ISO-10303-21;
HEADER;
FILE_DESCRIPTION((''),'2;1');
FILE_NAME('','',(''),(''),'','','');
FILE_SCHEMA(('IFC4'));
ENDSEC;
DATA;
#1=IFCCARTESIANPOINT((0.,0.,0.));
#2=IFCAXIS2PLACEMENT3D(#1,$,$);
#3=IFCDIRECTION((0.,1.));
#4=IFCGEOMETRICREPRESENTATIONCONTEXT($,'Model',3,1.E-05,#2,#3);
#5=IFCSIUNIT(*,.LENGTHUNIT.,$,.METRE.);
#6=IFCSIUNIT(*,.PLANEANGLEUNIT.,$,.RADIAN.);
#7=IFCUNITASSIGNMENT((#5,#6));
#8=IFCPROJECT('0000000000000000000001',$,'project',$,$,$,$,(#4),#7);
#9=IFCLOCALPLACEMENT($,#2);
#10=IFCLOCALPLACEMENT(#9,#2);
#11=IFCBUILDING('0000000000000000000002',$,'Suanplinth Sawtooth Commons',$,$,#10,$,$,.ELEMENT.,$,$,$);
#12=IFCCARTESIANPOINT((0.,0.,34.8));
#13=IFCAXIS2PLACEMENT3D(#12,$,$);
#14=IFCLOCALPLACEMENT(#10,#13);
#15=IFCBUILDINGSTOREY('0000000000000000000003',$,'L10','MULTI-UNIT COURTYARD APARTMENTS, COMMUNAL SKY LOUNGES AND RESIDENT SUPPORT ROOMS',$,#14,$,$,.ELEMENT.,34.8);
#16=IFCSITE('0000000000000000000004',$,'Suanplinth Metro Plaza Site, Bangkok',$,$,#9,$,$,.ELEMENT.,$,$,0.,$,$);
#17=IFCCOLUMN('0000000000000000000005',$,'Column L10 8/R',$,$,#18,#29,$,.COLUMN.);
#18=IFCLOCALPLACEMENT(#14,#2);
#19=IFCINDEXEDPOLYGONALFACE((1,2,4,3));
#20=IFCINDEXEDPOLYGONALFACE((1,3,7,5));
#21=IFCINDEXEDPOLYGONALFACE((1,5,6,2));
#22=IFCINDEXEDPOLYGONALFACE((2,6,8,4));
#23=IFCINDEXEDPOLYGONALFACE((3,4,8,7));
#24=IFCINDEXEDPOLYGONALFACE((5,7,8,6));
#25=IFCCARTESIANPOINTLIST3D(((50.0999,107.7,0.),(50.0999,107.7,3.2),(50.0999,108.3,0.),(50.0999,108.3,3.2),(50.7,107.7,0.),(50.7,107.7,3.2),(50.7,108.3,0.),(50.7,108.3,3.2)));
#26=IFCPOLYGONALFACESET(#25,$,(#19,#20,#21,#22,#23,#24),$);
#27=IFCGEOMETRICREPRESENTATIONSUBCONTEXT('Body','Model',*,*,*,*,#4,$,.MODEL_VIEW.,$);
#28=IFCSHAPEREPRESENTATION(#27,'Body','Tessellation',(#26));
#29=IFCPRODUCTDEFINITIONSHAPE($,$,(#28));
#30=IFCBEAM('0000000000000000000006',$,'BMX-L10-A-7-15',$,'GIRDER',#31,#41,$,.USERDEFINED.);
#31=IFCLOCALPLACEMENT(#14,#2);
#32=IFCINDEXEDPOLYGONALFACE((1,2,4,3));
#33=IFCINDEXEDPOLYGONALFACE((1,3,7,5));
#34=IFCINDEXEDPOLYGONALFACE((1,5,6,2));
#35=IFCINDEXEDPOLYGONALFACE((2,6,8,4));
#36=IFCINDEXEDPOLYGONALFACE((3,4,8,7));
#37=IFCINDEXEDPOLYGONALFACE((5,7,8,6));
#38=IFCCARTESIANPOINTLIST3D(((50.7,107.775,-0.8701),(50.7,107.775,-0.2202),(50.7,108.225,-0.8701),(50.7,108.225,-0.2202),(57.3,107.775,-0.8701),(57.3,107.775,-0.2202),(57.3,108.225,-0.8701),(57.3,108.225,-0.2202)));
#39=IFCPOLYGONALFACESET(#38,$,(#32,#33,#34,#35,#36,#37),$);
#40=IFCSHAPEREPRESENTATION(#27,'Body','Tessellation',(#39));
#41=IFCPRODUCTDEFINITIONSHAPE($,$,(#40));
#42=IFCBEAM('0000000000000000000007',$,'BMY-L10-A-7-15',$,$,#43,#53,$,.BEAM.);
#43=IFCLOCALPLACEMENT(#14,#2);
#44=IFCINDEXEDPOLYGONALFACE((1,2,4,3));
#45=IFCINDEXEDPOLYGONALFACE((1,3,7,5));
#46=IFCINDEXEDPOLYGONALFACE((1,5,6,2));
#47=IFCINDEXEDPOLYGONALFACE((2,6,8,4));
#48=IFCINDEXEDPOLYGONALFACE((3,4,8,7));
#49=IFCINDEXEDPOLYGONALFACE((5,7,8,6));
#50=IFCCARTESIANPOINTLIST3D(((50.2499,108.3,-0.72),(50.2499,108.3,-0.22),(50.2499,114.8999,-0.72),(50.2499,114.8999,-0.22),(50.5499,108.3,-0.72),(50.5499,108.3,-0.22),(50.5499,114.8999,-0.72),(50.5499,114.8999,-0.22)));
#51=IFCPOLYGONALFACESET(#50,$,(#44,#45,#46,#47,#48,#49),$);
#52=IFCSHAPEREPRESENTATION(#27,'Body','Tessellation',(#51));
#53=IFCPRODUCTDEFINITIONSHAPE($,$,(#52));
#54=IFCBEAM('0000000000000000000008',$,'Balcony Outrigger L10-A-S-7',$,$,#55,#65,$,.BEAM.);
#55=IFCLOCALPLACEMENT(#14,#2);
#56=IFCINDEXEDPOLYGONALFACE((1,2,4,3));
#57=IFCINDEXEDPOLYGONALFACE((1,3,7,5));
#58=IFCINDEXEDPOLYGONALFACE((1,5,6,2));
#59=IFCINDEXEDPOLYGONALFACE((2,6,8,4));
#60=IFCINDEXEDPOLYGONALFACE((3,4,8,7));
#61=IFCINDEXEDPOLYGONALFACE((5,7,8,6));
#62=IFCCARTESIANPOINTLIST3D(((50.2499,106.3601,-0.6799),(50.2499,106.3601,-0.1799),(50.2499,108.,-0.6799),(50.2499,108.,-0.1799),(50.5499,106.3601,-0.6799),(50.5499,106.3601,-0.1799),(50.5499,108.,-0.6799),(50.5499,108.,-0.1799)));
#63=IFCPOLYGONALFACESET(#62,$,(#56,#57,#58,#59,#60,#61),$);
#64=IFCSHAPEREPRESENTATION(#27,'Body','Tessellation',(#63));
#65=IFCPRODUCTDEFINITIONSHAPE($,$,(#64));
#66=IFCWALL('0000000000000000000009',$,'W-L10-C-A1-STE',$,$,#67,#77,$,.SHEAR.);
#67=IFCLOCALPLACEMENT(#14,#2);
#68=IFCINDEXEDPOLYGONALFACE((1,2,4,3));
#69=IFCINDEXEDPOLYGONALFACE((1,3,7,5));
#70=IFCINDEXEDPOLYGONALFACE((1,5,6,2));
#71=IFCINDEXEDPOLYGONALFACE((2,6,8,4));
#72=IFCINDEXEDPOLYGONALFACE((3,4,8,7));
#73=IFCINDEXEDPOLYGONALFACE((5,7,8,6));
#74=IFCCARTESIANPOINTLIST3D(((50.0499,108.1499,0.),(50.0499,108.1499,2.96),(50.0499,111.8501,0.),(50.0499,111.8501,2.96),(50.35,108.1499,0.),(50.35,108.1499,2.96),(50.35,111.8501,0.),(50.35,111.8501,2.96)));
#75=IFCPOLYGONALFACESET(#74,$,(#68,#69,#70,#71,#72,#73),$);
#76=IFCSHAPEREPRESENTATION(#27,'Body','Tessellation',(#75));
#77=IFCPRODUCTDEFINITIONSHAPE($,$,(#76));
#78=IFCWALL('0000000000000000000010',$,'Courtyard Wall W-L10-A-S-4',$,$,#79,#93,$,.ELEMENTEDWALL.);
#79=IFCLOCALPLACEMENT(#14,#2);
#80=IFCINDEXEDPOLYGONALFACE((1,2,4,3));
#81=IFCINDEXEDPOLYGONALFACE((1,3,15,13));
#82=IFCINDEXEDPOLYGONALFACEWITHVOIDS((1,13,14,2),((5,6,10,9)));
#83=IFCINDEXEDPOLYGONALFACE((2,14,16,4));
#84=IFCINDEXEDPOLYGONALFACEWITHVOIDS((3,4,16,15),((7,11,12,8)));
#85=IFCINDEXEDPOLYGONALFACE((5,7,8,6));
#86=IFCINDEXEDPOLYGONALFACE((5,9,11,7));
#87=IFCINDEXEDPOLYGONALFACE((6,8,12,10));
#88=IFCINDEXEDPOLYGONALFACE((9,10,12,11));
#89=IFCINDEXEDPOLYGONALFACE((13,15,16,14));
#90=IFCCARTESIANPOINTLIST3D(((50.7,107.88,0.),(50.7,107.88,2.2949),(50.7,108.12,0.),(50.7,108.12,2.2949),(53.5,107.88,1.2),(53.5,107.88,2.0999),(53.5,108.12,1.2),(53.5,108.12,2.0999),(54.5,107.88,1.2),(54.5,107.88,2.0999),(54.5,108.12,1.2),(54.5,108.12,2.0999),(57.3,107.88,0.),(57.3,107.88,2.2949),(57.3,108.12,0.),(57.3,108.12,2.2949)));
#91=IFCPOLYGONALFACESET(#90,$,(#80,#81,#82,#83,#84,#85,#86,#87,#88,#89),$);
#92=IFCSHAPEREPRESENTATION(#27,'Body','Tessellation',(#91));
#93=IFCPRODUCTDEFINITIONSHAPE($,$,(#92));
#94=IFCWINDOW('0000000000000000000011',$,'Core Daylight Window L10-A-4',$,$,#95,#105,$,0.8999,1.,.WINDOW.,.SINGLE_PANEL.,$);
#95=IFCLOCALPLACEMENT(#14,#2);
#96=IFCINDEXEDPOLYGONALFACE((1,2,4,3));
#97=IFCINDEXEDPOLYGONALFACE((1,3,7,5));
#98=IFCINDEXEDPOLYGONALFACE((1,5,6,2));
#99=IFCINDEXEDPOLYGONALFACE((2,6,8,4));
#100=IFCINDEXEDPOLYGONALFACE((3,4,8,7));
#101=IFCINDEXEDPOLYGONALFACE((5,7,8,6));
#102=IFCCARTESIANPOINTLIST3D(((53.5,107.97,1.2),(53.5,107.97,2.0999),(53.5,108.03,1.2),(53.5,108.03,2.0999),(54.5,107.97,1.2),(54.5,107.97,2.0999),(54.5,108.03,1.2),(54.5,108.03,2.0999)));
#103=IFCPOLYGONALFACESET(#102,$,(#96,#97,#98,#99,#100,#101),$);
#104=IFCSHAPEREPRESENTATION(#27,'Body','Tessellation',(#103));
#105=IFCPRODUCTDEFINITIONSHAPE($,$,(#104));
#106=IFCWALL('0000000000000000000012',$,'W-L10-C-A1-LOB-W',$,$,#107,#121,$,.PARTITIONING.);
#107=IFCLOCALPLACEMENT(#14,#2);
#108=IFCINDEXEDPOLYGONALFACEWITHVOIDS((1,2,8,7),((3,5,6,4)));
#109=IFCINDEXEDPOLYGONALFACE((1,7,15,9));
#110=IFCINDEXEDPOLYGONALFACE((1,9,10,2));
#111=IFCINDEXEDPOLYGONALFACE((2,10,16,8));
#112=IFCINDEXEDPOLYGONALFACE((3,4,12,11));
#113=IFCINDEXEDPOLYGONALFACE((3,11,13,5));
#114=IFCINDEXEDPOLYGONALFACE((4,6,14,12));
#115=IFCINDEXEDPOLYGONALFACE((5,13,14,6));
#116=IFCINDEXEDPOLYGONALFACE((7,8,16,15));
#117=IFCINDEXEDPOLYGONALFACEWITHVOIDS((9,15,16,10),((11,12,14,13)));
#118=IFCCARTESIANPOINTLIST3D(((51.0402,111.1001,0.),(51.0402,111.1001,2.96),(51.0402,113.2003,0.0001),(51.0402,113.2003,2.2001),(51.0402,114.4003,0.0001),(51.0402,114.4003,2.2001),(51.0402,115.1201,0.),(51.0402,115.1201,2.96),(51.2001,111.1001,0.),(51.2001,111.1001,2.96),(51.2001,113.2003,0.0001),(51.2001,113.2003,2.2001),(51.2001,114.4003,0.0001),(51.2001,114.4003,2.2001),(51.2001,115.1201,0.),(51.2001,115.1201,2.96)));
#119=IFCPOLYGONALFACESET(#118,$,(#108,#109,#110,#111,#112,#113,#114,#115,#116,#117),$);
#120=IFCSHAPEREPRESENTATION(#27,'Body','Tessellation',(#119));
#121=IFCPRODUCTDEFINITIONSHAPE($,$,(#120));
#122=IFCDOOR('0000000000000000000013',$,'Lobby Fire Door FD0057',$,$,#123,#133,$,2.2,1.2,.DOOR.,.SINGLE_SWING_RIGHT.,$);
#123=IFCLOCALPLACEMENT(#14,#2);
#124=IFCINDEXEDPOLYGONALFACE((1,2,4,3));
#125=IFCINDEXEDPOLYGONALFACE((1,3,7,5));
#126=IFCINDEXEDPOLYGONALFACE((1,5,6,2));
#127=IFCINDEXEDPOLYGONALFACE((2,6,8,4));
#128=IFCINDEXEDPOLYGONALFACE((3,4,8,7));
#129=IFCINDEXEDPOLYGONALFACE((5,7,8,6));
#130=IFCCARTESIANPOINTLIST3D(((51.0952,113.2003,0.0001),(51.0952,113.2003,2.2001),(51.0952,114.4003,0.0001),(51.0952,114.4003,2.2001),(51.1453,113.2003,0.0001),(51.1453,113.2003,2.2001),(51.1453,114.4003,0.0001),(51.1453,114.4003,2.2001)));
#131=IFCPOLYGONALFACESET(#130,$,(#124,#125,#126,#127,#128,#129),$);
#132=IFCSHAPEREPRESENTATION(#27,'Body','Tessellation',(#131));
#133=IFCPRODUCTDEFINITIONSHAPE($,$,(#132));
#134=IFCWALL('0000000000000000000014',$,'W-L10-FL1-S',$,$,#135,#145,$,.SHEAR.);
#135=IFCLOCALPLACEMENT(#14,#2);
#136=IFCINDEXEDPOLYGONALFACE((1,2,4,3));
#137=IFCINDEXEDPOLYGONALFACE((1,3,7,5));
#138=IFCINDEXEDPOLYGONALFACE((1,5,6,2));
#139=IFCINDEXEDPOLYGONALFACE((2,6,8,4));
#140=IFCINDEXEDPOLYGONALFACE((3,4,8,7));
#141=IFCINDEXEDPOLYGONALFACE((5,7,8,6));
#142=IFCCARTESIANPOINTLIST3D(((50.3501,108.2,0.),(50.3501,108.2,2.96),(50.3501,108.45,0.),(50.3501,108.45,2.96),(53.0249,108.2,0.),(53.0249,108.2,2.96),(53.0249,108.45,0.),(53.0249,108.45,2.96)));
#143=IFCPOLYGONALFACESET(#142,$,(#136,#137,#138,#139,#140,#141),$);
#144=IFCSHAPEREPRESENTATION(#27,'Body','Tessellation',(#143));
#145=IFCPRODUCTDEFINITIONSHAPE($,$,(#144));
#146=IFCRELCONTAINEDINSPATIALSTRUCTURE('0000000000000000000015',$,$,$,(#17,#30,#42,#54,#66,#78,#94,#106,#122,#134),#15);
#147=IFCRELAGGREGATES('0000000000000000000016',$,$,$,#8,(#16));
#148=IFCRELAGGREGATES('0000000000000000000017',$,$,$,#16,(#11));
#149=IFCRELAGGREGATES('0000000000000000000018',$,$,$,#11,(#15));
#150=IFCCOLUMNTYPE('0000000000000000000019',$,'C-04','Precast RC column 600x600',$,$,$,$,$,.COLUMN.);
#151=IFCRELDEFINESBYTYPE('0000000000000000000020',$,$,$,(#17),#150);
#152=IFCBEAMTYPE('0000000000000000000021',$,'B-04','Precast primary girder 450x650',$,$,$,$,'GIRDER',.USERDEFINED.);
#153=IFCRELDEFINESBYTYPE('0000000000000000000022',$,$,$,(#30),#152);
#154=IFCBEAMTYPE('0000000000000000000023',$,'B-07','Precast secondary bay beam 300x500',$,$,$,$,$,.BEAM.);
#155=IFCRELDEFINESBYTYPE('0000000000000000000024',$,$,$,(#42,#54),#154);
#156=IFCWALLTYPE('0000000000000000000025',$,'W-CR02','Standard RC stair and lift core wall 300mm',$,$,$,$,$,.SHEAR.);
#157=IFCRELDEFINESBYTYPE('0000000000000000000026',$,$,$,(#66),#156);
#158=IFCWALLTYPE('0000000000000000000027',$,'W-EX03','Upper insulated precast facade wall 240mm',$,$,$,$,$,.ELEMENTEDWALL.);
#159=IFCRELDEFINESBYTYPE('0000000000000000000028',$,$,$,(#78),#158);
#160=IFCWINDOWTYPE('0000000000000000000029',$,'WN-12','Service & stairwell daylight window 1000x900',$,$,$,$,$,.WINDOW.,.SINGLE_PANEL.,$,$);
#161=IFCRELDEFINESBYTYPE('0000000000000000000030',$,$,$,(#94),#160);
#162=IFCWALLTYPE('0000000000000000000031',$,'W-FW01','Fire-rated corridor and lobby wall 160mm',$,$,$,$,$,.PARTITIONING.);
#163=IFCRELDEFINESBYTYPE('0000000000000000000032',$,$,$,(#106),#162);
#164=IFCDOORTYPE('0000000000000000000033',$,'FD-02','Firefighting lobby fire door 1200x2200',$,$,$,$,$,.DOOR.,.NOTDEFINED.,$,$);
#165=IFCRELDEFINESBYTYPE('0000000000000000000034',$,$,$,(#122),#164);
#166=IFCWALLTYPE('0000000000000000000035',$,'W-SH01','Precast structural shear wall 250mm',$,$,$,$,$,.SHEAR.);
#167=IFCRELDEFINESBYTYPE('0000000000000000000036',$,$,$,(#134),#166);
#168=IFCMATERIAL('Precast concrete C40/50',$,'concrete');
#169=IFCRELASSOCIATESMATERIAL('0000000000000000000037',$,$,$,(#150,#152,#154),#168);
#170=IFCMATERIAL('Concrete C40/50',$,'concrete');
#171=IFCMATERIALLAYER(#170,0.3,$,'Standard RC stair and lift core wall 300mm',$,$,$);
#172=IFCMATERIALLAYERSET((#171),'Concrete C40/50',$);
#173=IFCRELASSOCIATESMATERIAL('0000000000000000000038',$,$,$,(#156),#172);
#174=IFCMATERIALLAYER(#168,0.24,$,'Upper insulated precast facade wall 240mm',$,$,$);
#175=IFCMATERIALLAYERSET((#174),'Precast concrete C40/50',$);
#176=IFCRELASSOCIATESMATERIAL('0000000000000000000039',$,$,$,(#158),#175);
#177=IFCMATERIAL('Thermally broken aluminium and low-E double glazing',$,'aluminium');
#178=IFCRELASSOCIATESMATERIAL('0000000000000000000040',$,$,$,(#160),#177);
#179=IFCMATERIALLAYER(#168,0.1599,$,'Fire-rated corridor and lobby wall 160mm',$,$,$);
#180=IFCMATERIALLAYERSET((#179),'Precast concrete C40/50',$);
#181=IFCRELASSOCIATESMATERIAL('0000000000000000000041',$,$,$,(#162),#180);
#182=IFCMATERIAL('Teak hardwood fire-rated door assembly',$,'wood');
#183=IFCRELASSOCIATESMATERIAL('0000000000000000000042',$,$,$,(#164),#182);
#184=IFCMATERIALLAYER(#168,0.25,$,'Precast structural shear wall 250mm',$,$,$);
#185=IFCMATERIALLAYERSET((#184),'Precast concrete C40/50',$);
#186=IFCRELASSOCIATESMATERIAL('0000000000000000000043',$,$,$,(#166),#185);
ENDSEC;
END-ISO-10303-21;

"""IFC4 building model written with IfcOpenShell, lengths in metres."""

from ifc_helpers import new_model, si_unit, direction, frame, frame_2d, origin, origin_2d, place, context, subcontext, project, spatial, rectangle, extrude, material, layer, layer_set, material_profile, profile_set, type_object, element, fill, save


model = new_model("IFC4")

# Units and contexts
model_context = context("Model", 3, precision=1e-05, world=origin(), true_north=direction((0.0, 1.0)))
body_context = subcontext(model_context, "Body", "Model", "MODEL_VIEW")
ifc_project = project(units=[si_unit("LENGTHUNIT", "METRE"), si_unit("PLANEANGLEUNIT", "RADIAN")], contexts=[model_context])

# Site, building, storey
site_placement = place(None, origin())
site = spatial("IfcSite", under=ifc_project, at=site_placement, Name="Suanplinth Metro Plaza Site, Bangkok", CompositionType="ELEMENT", RefElevation=0.0)
building_placement = place(site_placement, origin())
building = spatial("IfcBuilding", under=site, at=building_placement, Name="Suanplinth Sawtooth Commons", CompositionType="ELEMENT")
storey_placement = place(building_placement, frame((0.0, 0.0, 34.8)))
storey = spatial("IfcBuildingStorey", under=building, at=storey_placement, Name="L10", Description="MULTI-UNIT COURTYARD APARTMENTS, COMMUNAL SKY LOUNGES AND RESIDENT SUPPORT ROOMS", CompositionType="ELEMENT", Elevation=34.8)

# Column
ifc_material_1 = material(Name="Precast concrete C40/50", Category="concrete")
ifc_material_profile_1 = material_profile(ifc_material_1, rectangle(XDim=0.6001, YDim=0.6001, at=origin_2d()), Name="PC-COL 600x600")
ifc_profile_set_1 = profile_set([ifc_material_profile_1], Name="Precast concrete C40/50")
column_type = type_object("IfcColumnType", Name="C-04", Description="Precast RC column 600x600", PredefinedType="COLUMN", material=ifc_profile_set_1)
column_placement = place(storey_placement, frame((50.3999, 108.0, 0.0), z_axis=(0.0, 0.0, 1.0), x_axis=(1.0, 0.0, 0.0)))
element("IfcColumn", 1, at=column_placement, inside=storey, type_object=column_type, Name="Column L10 8/R", PredefinedType="COLUMN", context=body_context, shape_type="SweptSolid", body=[
    extrude(rectangle(XDim=0.6001, YDim=0.6001, at=origin_2d()), origin(), (0.0, 0.0, 1.0), 3.2),
])

# Beams
ifc_material_profile_2 = material_profile(ifc_material_1, rectangle(XDim=0.45, YDim=0.6499, at=origin_2d()), Name="PC-GDR 450x650")
ifc_profile_set_2 = profile_set([ifc_material_profile_2], Name="Precast concrete C40/50")
beam_type_1 = type_object("IfcBeamType", Name="B-04", Description="Precast primary girder 450x650", ElementType="GIRDER", PredefinedType="USERDEFINED", material=ifc_profile_set_2)
beam_1_placement = place(storey_placement, frame((50.7, 108.0, -0.5452), z_axis=(1.0, 0.0, 0.0), x_axis=(0.0, 1.0, 0.0)))
element("IfcBeam", 2, at=beam_1_placement, inside=storey, type_object=beam_type_1, Name="BMX-L10-A-7-15", ObjectType="GIRDER", PredefinedType="USERDEFINED", context=body_context, shape_type="SweptSolid", body=[
    extrude(rectangle(XDim=0.45, YDim=0.6499, at=origin_2d()), origin(), (0.0, 0.0, 1.0), 6.6001),
])
ifc_material_profile_3 = material_profile(ifc_material_1, rectangle(XDim=0.3, YDim=0.5, at=origin_2d()), Name="PC-BM 300x500")
ifc_profile_set_3 = profile_set([ifc_material_profile_3], Name="Precast concrete C40/50")
beam_type_2 = type_object("IfcBeamType", Name="B-07", Description="Precast secondary bay beam 300x500", PredefinedType="BEAM", material=ifc_profile_set_3)
beam_2_placement = place(storey_placement, frame((50.3999, 108.3, -0.47), z_axis=(0.0, 1.0, 0.0), x_axis=(-1.0, 0.0, 0.0)))
element("IfcBeam", 3, at=beam_2_placement, inside=storey, type_object=beam_type_2, Name="BMY-L10-A-7-15", PredefinedType="BEAM", context=body_context, shape_type="SweptSolid", body=[
    extrude(rectangle(XDim=0.3, YDim=0.5, at=origin_2d()), origin(), (0.0, 0.0, 1.0), 6.5999),
])
beam_3_placement = place(storey_placement, frame((50.3999, 108.0, -0.4299), z_axis=(0.0, -1.0, 0.0), x_axis=(1.0, 0.0, 0.0)))
element("IfcBeam", 4, at=beam_3_placement, inside=storey, type_object=beam_type_2, Name="Balcony Outrigger L10-A-S-7", PredefinedType="BEAM", context=body_context, shape_type="SweptSolid", body=[
    extrude(rectangle(XDim=0.3, YDim=0.5, at=origin_2d()), origin(), (0.0, 0.0, 1.0), 1.6399),
])

# Wall
ifc_material_2 = material(Name="Concrete C40/50", Category="concrete")
ifc_layer_1 = layer(ifc_material_2, 0.3, Name="Standard RC stair and lift core wall 300mm")
ifc_layer_set_1 = layer_set([ifc_layer_1], Name="Concrete C40/50")
wall_type_1 = type_object("IfcWallType", Name="W-CR02", Description="Standard RC stair and lift core wall 300mm", PredefinedType="SHEAR", material=ifc_layer_set_1)
wall_1_placement = place(storey_placement, frame((50.2, 108.1499, 0.0), z_axis=(0.0, 0.0, 1.0), x_axis=(0.0, 1.0, 0.0)))
element("IfcWall", 5, at=wall_1_placement, inside=storey, type_object=wall_type_1, Name="W-L10-C-A1-STE", PredefinedType="SHEAR", context=body_context, shape_type="SweptSolid", body=[
    extrude(rectangle(XDim=3.7002, YDim=0.3, at=frame_2d((1.8501, 0.0))), origin(), (0.0, 0.0, 1.0), 2.96),
])

# Wall, opening, window
ifc_layer_2 = layer(ifc_material_1, 0.24, Name="Upper insulated precast facade wall 240mm")
ifc_layer_set_2 = layer_set([ifc_layer_2], Name="Precast concrete C40/50")
wall_type_2 = type_object("IfcWallType", Name="W-EX03", Description="Upper insulated precast facade wall 240mm", PredefinedType="ELEMENTEDWALL", material=ifc_layer_set_2)
wall_2_placement = place(storey_placement, frame((50.7, 108.0, 0.0), z_axis=(0.0, 0.0, 1.0), x_axis=(1.0, 0.0, 0.0)))
wall_2 = element("IfcWall", 6, at=wall_2_placement, inside=storey, type_object=wall_type_2, Name="Courtyard Wall W-L10-A-S-4", PredefinedType="ELEMENTEDWALL", context=body_context, shape_type="SweptSolid", body=[
    extrude(rectangle(XDim=6.6001, YDim=0.24, at=frame_2d((3.3, 0.0))), origin(), (0.0, 0.0, 1.0), 2.2949),
])
opening_1_placement = place(wall_2_placement, frame((2.8, 0.0, 1.2)))
opening_1 = element("IfcOpeningElement", 7, at=opening_1_placement, cuts=wall_2, PredefinedType="OPENING", context=body_context, shape_type="SweptSolid", body=[
    extrude(rectangle(XDim=1.0, YDim=0.8999, at=frame_2d((0.5, 0.45))), frame((0.0, 0.1348, 0.0), z_axis=(0.0, -1.0, 0.0), x_axis=(1.0, 0.0, 0.0)), (0.0, 0.0, 1.0), 0.2698),
])
ifc_material_3 = material(Name="Thermally broken aluminium and low-E double glazing", Category="aluminium")
window_type = type_object("IfcWindowType", Name="WN-12", Description="Service & stairwell daylight window 1000x900", PartitioningType="SINGLE_PANEL", PredefinedType="WINDOW", material=ifc_material_3)
window_placement = place(opening_1_placement, origin())
window = element("IfcWindow", 8, at=window_placement, inside=storey, type_object=window_type, Name="Core Daylight Window L10-A-4", OverallHeight=0.8999, OverallWidth=1.0, PartitioningType="SINGLE_PANEL", PredefinedType="WINDOW", context=body_context, shape_type="SweptSolid", body=[
    extrude(rectangle(XDim=1.0, YDim=0.8999, at=frame_2d((0.5, 0.45))), frame((0.0, 0.03, 0.0), z_axis=(0.0, -1.0, 0.0), x_axis=(1.0, 0.0, 0.0)), (0.0, 0.0, 1.0), 0.0601),
])
fill(opening_1, window)

# Wall, opening, door
ifc_layer_3 = layer(ifc_material_1, 0.1599, Name="Fire-rated corridor and lobby wall 160mm")
ifc_layer_set_3 = layer_set([ifc_layer_3], Name="Precast concrete C40/50")
wall_type_3 = type_object("IfcWallType", Name="W-FW01", Description="Fire-rated corridor and lobby wall 160mm", PredefinedType="PARTITIONING", material=ifc_layer_set_3)
wall_3_placement = place(storey_placement, frame((51.1201, 111.1001, 0.0), z_axis=(0.0, 0.0, 1.0), x_axis=(0.0, 1.0, 0.0)))
wall_3 = element("IfcWall", 9, at=wall_3_placement, inside=storey, type_object=wall_type_3, Name="W-L10-C-A1-LOB-W", PredefinedType="PARTITIONING", context=body_context, shape_type="SweptSolid", body=[
    extrude(rectangle(XDim=4.02, YDim=0.1599, at=frame_2d((2.01, 0.0))), origin(), (0.0, 0.0, 1.0), 2.96),
])
opening_2_placement = place(wall_3_placement, frame((2.1001, 0.0, 0.0)))
opening_2 = element("IfcOpeningElement", 10, at=opening_2_placement, cuts=wall_3, PredefinedType="OPENING", context=body_context, shape_type="SweptSolid", body=[
    extrude(rectangle(XDim=1.2, YDim=2.2, at=frame_2d((0.6001, 1.1001))), frame((0.0, 0.0947, 0.0), z_axis=(0.0, -1.0, 0.0), x_axis=(1.0, 0.0, 0.0)), (0.0, 0.0, 1.0), 0.1897),
])
ifc_material_4 = material(Name="Teak hardwood fire-rated door assembly", Category="wood")
door_type_1 = type_object("IfcDoorType", Name="FD-02", Description="Firefighting lobby fire door 1200x2200", OperationType="NOTDEFINED", PredefinedType="DOOR", material=ifc_material_4)
door_1_placement = place(opening_2_placement, origin())
door_1 = element("IfcDoor", 11, at=door_1_placement, inside=storey, type_object=door_type_1, Name="Lobby Fire Door FD0057", OperationType="SINGLE_SWING_RIGHT", OverallHeight=2.2, OverallWidth=1.2, PredefinedType="DOOR", context=body_context, shape_type="SweptSolid", body=[
    extrude(rectangle(XDim=1.2, YDim=2.2, at=frame_2d((0.6001, 1.1001))), frame((0.0, 0.0249, 0.0), z_axis=(0.0, -1.0, 0.0), x_axis=(1.0, 0.0, 0.0)), (0.0, 0.0, 1.0), 0.05),
])
fill(opening_2, door_1)

# Wall
ifc_layer_4 = layer(ifc_material_1, 0.25, Name="Precast structural shear wall 250mm")
ifc_layer_set_4 = layer_set([ifc_layer_4], Name="Precast concrete C40/50")
wall_type_4 = type_object("IfcWallType", Name="W-SH01", Description="Precast structural shear wall 250mm", PredefinedType="SHEAR", material=ifc_layer_set_4)
wall_4_placement = place(storey_placement, frame((50.3501, 108.325, 0.0), z_axis=(0.0, 0.0, 1.0), x_axis=(1.0, 0.0, 0.0)))
element("IfcWall", 12, at=wall_4_placement, inside=storey, type_object=wall_type_4, Name="W-L10-FL1-S", PredefinedType="SHEAR", context=body_context, shape_type="SweptSolid", body=[
    extrude(rectangle(XDim=2.6748, YDim=0.25, at=frame_2d((1.3374, 0.0))), origin(), (0.0, 0.0, 1.0), 2.96),
])

save(model, "model.ifc")
